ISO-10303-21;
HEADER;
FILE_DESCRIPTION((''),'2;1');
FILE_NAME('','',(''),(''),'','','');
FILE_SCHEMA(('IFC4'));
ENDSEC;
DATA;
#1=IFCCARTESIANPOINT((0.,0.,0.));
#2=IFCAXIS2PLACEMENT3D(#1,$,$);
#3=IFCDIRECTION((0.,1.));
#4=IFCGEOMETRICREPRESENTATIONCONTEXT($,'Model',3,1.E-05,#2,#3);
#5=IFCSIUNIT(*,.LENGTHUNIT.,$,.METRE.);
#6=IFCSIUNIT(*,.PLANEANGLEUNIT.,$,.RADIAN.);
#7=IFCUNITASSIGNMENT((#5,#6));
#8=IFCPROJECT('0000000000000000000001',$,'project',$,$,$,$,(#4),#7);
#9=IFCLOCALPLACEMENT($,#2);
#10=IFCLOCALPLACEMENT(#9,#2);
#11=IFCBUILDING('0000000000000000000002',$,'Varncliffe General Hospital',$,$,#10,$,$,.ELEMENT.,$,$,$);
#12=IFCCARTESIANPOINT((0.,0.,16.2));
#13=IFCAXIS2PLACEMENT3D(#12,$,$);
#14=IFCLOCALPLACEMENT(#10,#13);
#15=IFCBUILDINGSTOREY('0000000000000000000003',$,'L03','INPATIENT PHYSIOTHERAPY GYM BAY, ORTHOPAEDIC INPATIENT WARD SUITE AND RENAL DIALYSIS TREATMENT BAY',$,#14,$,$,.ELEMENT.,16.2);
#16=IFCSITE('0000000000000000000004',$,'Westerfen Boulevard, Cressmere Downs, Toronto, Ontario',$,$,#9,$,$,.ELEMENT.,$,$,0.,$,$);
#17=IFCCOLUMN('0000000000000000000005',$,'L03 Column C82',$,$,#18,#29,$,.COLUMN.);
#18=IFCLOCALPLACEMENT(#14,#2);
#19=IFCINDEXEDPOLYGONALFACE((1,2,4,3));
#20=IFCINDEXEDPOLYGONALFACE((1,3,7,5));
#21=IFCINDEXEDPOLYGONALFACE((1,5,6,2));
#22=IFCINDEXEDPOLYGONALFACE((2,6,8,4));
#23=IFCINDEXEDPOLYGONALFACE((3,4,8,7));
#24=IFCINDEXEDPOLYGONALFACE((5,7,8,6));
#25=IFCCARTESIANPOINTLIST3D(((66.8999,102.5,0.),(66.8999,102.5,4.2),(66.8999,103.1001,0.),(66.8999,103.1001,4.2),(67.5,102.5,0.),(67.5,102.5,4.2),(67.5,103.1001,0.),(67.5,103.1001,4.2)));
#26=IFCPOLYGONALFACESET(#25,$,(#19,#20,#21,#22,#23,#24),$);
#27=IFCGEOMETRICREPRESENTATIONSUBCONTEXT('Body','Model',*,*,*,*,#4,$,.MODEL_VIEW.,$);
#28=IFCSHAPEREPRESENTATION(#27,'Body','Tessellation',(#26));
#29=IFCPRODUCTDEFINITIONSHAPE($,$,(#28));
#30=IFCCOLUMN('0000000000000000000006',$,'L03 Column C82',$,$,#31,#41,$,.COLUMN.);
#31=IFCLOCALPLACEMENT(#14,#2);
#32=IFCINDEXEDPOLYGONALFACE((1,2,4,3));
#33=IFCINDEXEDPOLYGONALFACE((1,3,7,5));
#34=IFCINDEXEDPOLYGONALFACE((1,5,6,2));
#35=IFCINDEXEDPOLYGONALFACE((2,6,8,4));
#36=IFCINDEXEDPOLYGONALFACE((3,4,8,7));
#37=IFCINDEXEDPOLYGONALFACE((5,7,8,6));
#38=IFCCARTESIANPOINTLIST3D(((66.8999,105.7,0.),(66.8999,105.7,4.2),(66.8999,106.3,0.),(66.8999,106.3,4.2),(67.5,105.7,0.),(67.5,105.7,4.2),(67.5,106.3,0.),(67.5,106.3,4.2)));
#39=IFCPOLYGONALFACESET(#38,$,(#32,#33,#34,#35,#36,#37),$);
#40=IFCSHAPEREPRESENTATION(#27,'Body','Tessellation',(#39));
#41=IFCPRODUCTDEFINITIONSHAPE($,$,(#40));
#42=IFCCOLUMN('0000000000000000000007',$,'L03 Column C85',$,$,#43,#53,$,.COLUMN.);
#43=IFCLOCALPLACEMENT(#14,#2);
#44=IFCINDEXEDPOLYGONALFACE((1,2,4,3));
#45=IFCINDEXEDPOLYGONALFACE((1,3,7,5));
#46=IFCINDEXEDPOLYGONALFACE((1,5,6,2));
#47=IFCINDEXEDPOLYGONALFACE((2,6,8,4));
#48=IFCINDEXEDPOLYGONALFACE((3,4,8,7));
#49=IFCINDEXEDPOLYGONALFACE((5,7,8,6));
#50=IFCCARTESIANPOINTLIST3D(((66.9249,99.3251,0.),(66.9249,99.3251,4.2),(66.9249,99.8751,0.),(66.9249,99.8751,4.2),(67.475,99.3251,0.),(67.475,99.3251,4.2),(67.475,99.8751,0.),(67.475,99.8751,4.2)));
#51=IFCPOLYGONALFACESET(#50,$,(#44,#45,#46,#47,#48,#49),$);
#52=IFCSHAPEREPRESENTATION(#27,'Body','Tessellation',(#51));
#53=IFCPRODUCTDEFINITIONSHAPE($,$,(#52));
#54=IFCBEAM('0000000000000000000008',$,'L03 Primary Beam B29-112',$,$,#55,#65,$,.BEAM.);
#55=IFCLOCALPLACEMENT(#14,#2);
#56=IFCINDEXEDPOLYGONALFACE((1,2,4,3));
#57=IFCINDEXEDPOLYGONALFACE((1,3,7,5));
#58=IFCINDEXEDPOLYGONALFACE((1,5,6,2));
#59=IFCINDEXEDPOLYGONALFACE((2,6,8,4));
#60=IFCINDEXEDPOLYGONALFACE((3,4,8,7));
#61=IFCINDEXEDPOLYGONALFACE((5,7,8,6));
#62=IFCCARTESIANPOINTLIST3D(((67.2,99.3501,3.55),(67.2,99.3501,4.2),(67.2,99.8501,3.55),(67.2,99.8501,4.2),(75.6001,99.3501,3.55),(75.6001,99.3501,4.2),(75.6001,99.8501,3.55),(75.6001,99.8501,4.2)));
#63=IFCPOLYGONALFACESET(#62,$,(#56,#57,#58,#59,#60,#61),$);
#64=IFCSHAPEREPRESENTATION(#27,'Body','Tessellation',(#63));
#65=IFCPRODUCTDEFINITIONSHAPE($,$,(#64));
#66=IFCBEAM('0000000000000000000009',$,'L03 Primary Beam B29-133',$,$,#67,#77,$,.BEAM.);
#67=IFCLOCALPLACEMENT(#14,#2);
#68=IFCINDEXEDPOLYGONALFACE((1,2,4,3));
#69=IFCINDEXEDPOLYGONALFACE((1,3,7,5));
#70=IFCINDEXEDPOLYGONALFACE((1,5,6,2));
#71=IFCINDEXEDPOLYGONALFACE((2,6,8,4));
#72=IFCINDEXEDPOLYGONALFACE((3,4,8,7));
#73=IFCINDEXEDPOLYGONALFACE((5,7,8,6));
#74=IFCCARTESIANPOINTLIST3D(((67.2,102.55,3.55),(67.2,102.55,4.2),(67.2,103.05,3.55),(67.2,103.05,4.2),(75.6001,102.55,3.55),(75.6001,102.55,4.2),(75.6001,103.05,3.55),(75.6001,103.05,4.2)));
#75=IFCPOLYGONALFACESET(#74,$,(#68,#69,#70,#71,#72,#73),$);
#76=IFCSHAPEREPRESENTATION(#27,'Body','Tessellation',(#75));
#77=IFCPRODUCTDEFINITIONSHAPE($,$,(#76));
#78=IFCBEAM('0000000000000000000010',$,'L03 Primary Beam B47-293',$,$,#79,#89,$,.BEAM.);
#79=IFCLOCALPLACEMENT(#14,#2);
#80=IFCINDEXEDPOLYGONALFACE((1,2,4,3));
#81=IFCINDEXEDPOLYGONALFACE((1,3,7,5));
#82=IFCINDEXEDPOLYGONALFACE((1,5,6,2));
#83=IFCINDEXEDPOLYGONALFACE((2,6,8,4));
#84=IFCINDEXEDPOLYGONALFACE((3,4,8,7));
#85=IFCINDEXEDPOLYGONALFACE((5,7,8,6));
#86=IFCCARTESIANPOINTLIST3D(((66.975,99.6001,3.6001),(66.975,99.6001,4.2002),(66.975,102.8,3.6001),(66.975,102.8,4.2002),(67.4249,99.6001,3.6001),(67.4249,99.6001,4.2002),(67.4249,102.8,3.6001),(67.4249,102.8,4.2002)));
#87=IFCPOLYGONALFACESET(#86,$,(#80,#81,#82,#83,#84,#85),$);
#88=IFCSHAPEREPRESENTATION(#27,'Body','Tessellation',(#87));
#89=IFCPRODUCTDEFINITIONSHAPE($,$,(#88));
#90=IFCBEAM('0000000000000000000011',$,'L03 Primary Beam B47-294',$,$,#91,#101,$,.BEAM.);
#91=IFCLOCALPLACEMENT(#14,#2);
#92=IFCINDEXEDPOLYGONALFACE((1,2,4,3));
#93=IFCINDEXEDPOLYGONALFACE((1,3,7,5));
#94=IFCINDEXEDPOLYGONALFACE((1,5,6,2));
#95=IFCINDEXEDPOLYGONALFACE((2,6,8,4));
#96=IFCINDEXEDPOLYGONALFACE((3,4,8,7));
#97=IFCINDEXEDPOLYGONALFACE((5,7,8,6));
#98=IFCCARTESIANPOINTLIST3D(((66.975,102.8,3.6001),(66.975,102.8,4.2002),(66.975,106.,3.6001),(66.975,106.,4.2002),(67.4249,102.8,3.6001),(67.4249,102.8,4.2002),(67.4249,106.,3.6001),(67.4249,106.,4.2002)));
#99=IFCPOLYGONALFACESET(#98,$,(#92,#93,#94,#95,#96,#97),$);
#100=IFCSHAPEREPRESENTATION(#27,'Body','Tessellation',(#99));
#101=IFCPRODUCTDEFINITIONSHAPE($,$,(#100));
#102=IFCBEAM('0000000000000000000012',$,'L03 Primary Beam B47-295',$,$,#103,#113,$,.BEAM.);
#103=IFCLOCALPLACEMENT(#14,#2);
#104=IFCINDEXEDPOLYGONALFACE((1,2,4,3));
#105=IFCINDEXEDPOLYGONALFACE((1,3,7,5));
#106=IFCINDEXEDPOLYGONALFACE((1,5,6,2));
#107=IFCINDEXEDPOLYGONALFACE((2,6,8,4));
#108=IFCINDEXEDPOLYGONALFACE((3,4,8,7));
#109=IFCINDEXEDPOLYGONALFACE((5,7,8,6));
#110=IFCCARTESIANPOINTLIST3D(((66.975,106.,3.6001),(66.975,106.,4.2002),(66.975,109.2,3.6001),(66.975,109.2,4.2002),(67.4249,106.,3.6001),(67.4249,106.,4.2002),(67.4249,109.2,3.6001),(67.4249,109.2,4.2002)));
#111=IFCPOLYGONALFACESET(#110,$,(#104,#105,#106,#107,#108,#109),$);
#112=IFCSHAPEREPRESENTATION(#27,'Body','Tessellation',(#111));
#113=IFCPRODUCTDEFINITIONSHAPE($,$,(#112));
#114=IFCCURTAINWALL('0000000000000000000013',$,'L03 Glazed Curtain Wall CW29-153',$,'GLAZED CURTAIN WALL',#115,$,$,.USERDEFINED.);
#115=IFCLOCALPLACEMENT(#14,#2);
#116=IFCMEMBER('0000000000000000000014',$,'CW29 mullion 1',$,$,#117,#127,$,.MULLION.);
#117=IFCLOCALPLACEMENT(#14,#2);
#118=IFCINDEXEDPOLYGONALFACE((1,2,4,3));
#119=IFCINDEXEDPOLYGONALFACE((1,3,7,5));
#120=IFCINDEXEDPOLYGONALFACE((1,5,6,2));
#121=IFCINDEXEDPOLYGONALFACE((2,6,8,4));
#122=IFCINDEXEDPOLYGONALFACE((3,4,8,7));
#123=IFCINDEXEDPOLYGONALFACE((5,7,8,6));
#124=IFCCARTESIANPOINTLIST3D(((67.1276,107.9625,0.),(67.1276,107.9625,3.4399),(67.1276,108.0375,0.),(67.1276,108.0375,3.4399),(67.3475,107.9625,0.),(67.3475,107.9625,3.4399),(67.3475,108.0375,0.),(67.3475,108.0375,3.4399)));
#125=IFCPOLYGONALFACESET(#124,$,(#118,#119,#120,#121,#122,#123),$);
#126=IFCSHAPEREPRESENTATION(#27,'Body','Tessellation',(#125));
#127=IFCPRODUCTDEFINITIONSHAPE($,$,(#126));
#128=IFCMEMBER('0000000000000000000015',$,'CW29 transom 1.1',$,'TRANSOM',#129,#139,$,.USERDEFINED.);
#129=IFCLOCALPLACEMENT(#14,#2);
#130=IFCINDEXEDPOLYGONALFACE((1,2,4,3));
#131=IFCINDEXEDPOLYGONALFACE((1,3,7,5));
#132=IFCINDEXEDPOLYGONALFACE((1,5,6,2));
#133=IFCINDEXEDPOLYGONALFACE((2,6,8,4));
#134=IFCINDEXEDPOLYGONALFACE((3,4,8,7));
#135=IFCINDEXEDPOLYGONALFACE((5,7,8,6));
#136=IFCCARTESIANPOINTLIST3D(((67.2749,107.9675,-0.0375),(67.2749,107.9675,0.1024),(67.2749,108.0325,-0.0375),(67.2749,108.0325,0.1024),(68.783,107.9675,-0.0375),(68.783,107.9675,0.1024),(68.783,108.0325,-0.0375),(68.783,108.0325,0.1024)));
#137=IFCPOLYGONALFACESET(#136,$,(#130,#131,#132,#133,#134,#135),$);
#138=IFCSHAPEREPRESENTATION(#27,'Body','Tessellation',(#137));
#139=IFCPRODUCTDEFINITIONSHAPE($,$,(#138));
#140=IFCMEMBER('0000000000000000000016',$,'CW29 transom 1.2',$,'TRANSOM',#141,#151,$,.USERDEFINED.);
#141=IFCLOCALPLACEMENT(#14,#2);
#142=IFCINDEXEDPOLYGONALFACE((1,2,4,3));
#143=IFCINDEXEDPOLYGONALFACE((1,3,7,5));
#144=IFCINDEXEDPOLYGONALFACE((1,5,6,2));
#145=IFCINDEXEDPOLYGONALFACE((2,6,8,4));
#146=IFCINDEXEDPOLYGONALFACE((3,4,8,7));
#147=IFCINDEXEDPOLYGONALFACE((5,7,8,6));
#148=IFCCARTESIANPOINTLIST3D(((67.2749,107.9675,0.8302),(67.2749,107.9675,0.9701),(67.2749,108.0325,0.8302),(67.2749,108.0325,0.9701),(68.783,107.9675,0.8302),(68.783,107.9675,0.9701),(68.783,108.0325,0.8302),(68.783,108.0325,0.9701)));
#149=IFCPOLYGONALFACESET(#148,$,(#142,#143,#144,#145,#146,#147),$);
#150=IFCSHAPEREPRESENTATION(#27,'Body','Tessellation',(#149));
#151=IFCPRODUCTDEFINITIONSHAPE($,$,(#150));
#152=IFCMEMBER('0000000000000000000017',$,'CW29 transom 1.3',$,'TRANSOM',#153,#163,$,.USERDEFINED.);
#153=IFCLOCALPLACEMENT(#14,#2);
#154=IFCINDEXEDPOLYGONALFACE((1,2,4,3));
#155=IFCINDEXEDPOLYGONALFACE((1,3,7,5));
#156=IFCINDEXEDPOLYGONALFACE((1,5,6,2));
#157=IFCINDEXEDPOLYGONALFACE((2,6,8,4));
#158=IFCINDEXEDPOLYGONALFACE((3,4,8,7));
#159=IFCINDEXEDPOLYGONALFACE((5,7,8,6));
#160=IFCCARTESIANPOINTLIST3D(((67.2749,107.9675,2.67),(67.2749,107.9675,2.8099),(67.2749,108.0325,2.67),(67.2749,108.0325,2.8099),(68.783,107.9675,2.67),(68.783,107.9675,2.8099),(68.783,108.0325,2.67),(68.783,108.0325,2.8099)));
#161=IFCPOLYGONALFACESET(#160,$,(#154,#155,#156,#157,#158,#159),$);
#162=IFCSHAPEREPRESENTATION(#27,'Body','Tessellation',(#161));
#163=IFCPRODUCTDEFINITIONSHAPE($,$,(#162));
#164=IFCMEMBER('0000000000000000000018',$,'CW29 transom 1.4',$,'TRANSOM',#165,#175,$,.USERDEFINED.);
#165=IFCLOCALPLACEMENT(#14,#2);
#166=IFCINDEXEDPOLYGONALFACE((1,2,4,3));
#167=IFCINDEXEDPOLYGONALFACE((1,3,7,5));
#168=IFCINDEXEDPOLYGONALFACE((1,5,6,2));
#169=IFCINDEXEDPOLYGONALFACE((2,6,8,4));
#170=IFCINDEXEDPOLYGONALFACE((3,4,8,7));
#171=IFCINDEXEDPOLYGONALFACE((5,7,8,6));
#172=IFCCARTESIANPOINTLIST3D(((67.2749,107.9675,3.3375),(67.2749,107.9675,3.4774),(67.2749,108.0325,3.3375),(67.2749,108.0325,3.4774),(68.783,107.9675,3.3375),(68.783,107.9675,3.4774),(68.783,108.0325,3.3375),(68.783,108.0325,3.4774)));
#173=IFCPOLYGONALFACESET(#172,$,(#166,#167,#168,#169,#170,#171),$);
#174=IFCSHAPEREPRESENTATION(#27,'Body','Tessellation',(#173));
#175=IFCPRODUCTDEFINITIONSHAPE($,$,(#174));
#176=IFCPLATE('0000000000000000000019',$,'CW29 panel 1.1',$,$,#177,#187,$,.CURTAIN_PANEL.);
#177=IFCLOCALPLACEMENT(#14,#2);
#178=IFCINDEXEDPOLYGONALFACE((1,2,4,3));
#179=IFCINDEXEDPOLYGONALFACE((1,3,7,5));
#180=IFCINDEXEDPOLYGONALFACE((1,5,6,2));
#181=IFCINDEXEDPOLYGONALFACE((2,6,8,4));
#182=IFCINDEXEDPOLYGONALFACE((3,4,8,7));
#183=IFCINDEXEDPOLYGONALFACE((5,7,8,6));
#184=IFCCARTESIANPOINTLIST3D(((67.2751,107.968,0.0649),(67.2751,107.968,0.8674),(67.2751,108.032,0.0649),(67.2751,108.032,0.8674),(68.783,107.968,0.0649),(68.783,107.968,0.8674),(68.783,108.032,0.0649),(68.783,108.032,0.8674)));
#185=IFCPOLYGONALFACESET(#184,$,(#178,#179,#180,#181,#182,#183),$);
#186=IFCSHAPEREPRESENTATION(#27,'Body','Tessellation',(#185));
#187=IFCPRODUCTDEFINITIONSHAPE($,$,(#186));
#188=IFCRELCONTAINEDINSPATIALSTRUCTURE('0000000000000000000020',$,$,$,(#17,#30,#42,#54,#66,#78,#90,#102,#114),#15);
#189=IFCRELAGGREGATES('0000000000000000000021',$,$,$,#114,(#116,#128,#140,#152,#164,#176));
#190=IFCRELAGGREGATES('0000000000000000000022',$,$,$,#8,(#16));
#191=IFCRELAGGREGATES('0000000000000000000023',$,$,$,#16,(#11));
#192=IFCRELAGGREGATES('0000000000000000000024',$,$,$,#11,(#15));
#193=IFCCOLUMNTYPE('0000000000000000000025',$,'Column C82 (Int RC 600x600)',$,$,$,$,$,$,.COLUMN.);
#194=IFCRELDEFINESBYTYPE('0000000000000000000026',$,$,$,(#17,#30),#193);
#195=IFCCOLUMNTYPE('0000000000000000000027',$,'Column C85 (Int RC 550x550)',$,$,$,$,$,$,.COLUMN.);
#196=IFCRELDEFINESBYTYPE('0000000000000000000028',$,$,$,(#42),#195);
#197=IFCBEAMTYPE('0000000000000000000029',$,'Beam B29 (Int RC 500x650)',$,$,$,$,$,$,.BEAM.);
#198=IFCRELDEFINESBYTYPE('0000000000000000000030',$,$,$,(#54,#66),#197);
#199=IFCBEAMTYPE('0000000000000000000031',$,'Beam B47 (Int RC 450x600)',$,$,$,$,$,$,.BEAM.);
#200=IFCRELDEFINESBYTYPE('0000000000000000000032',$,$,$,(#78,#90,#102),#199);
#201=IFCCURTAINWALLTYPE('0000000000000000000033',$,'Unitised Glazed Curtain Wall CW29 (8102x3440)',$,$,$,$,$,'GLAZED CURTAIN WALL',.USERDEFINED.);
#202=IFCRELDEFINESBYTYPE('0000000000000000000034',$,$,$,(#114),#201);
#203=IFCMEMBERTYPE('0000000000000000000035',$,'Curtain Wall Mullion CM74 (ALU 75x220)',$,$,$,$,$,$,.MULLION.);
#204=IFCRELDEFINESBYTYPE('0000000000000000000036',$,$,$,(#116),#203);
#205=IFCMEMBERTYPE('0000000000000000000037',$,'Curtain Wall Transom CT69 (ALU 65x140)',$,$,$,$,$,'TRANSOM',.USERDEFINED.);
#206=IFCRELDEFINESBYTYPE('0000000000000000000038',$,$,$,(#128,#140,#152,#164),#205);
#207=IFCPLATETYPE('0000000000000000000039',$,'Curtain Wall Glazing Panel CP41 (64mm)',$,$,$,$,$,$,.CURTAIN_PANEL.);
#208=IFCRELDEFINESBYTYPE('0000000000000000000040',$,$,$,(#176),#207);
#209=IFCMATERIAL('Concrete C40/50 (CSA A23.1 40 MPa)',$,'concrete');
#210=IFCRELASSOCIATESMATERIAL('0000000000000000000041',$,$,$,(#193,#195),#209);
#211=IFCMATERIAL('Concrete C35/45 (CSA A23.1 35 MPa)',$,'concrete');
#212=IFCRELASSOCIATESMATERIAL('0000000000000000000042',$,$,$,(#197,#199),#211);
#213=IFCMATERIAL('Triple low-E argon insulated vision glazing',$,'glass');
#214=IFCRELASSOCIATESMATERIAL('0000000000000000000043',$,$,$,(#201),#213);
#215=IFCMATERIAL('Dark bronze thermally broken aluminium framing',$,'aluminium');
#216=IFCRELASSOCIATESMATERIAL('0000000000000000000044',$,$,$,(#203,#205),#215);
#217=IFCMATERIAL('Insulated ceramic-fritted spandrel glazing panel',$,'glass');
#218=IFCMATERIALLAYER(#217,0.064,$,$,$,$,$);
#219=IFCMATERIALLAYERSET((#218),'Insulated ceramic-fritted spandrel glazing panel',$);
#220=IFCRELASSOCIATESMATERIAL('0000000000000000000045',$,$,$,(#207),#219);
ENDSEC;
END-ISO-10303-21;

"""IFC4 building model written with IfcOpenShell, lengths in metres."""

from ifc_helpers import new_model, si_unit, direction, frame, origin, origin_2d, place, context, subcontext, project, spatial, rectangle, extrude, material, layer, layer_set, material_profile, profile_set, type_object, element, aggregate, save


model = new_model("IFC4")

# Units and contexts
model_context = context("Model", 3, precision=1e-05, world=origin(), true_north=direction((0.0, 1.0)))
body_context = subcontext(model_context, "Body", "Model", "MODEL_VIEW")
ifc_project = project(units=[si_unit("LENGTHUNIT", "METRE"), si_unit("PLANEANGLEUNIT", "RADIAN")], contexts=[model_context])

# Site, building, storey
site_placement = place(None, origin())
site = spatial("IfcSite", under=ifc_project, at=site_placement, Name="Westerfen Boulevard, Cressmere Downs, Toronto, Ontario", CompositionType="ELEMENT", RefElevation=0.0)
building_placement = place(site_placement, origin())
building = spatial("IfcBuilding", under=site, at=building_placement, Name="Varncliffe General Hospital", CompositionType="ELEMENT")
storey_placement = place(building_placement, frame((0.0, 0.0, 16.2)))
storey = spatial("IfcBuildingStorey", under=building, at=storey_placement, Name="L03", Description="INPATIENT PHYSIOTHERAPY GYM BAY, ORTHOPAEDIC INPATIENT WARD SUITE AND RENAL DIALYSIS TREATMENT BAY", CompositionType="ELEMENT", Elevation=16.2)

# Columns
ifc_material_1 = material(Name="Concrete C40/50 (CSA A23.1 40 MPa)", Category="concrete")
ifc_material_profile_1 = material_profile(ifc_material_1, rectangle(XDim=0.6001, YDim=0.6001, at=origin_2d()), Name="RC 600x600")
ifc_profile_set_1 = profile_set([ifc_material_profile_1], Name="Concrete C40/50 (CSA A23.1 40 MPa)")
column_type_1 = type_object("IfcColumnType", Name="Column C82 (Int RC 600x600)", PredefinedType="COLUMN", material=ifc_profile_set_1)
for number, where, z_axis, x_axis, name in (
    (1, (67.2, 102.8, 0.0), (0.0, 0.0, 1.0), (1.0, 0.0, 0.0), "L03 Column C82"),
    (2, (67.2, 106.0, 0.0), (0.0, 0.0, 1.0), (1.0, 0.0, 0.0), "L03 Column C82"),
):
    element("IfcColumn", number, at=place(storey_placement, frame(where, z_axis=z_axis, x_axis=x_axis)), inside=storey, type_object=column_type_1, Name=name, PredefinedType="COLUMN", context=body_context, shape_type="SweptSolid", body=[
        extrude(rectangle(XDim=0.6001, YDim=0.6001, at=origin_2d()), origin(), (0.0, 0.0, 1.0), 4.2),
    ])
ifc_material_profile_2 = material_profile(ifc_material_1, rectangle(XDim=0.55, YDim=0.55, at=origin_2d()), Name="RC 550x550")
ifc_profile_set_2 = profile_set([ifc_material_profile_2], Name="Concrete C40/50 (CSA A23.1 40 MPa)")
column_type_2 = type_object("IfcColumnType", Name="Column C85 (Int RC 550x550)", PredefinedType="COLUMN", material=ifc_profile_set_2)
column_placement = place(storey_placement, frame((67.2, 99.6001, 0.0), z_axis=(0.0, 0.0, 1.0), x_axis=(1.0, 0.0, 0.0)))
element("IfcColumn", 3, at=column_placement, inside=storey, type_object=column_type_2, Name="L03 Column C85", PredefinedType="COLUMN", context=body_context, shape_type="SweptSolid", body=[
    extrude(rectangle(XDim=0.55, YDim=0.55, at=origin_2d()), origin(), (0.0, 0.0, 1.0), 4.2),
])

# Beams
ifc_material_2 = material(Name="Concrete C35/45 (CSA A23.1 35 MPa)", Category="concrete")
ifc_material_profile_3 = material_profile(ifc_material_2, rectangle(XDim=0.5, YDim=0.6499, at=origin_2d()), Name="RC 500x650")
ifc_profile_set_3 = profile_set([ifc_material_profile_3], Name="Concrete C35/45 (CSA A23.1 35 MPa)")
beam_type_1 = type_object("IfcBeamType", Name="Beam B29 (Int RC 500x650)", PredefinedType="BEAM", material=ifc_profile_set_3)
for number, where, z_axis, x_axis, name in (
    (4, (67.2, 99.6001, 3.875), (1.0, 0.0, 0.0), (0.0, 1.0, 0.0), "L03 Primary Beam B29-112"),
    (5, (67.2, 102.8, 3.875), (1.0, 0.0, 0.0), (0.0, 1.0, 0.0), "L03 Primary Beam B29-133"),
):
    element("IfcBeam", number, at=place(storey_placement, frame(where, z_axis=z_axis, x_axis=x_axis)), inside=storey, type_object=beam_type_1, Name=name, PredefinedType="BEAM", context=body_context, shape_type="SweptSolid", body=[
        extrude(rectangle(XDim=0.5, YDim=0.6499, at=origin_2d()), origin(), (0.0, 0.0, 1.0), 8.4001),
    ])
ifc_material_profile_4 = material_profile(ifc_material_2, rectangle(XDim=0.45, YDim=0.6001, at=origin_2d()), Name="RC 450x600")
ifc_profile_set_4 = profile_set([ifc_material_profile_4], Name="Concrete C35/45 (CSA A23.1 35 MPa)")
beam_type_2 = type_object("IfcBeamType", Name="Beam B47 (Int RC 450x600)", PredefinedType="BEAM", material=ifc_profile_set_4)
for number, where, z_axis, x_axis, name in (
    (6, (67.2, 99.6001, 3.9001), (0.0, 1.0, 0.0), (-1.0, 0.0, 0.0), "L03 Primary Beam B47-293"),
    (7, (67.2, 102.8, 3.9001), (0.0, 1.0, 0.0), (-1.0, 0.0, 0.0), "L03 Primary Beam B47-294"),
    (8, (67.2, 106.0, 3.9001), (0.0, 1.0, 0.0), (-1.0, 0.0, 0.0), "L03 Primary Beam B47-295"),
):
    element("IfcBeam", number, at=place(storey_placement, frame(where, z_axis=z_axis, x_axis=x_axis)), inside=storey, type_object=beam_type_2, Name=name, PredefinedType="BEAM", context=body_context, shape_type="SweptSolid", body=[
        extrude(rectangle(XDim=0.45, YDim=0.6001, at=origin_2d()), origin(), (0.0, 0.0, 1.0), 3.2),
    ])

# Curtain wall, members, plate
ifc_material_3 = material(Name="Triple low-E argon insulated vision glazing", Category="glass")
curtain_wall_type = type_object("IfcCurtainWallType", Name="Unitised Glazed Curtain Wall CW29 (8102x3440)", ElementType="GLAZED CURTAIN WALL", PredefinedType="USERDEFINED", material=ifc_material_3)
curtain_wall_placement = place(storey_placement, origin())
curtain_wall = element("IfcCurtainWall", 9, at=curtain_wall_placement, inside=storey, type_object=curtain_wall_type, Name="L03 Glazed Curtain Wall CW29-153", ObjectType="GLAZED CURTAIN WALL", PredefinedType="USERDEFINED")
ifc_material_4 = material(Name="Dark bronze thermally broken aluminium framing", Category="aluminium")
ifc_material_profile_5 = material_profile(ifc_material_4, rectangle(XDim=0.075, YDim=0.22, at=origin_2d()), Name="ALU 75x220")
ifc_profile_set_5 = profile_set([ifc_material_profile_5], Name="Dark bronze thermally broken aluminium framing")
member_type_1 = type_object("IfcMemberType", Name="Curtain Wall Mullion CM74 (ALU 75x220)", PredefinedType="MULLION", material=ifc_profile_set_5)
member_1_placement = place(storey_placement, frame((67.2375, 108.0, 0.0), z_axis=(0.0, 0.0, 1.0), x_axis=(0.0, 1.0, 0.0)))
member_1 = element("IfcMember", 10, at=member_1_placement, type_object=member_type_1, Name="CW29 mullion 1", PredefinedType="MULLION", context=body_context, shape_type="SweptSolid", body=[
    extrude(rectangle(XDim=0.075, YDim=0.22, at=origin_2d()), origin(), (0.0, 0.0, 1.0), 3.4399),
])
ifc_material_profile_6 = material_profile(ifc_material_4, rectangle(XDim=0.0649, YDim=0.1399, at=origin_2d()), Name="ALU 65x140")
ifc_profile_set_6 = profile_set([ifc_material_profile_6], Name="Dark bronze thermally broken aluminium framing")
member_type_2 = type_object("IfcMemberType", Name="Curtain Wall Transom CT69 (ALU 65x140)", ElementType="TRANSOM", PredefinedType="USERDEFINED", material=ifc_profile_set_6)
member_2_placement = place(storey_placement, frame((67.2749, 108.0, 0.0325), z_axis=(1.0, 0.0, 0.0), x_axis=(0.0, 1.0, 0.0)))
member_2 = element("IfcMember", 11, at=member_2_placement, type_object=member_type_2, Name="CW29 transom 1.1", ObjectType="TRANSOM", PredefinedType="USERDEFINED", context=body_context, shape_type="SweptSolid", body=[
    extrude(rectangle(XDim=0.0649, YDim=0.1399, at=origin_2d()), origin(), (0.0, 0.0, 1.0), 1.5081),
])
member_3_placement = place(storey_placement, frame((67.2749, 108.0, 0.9001), z_axis=(1.0, 0.0, 0.0), x_axis=(0.0, 1.0, 0.0)))
member_3 = element("IfcMember", 12, at=member_3_placement, type_object=member_type_2, Name="CW29 transom 1.2", ObjectType="TRANSOM", PredefinedType="USERDEFINED", context=body_context, shape_type="SweptSolid", body=[
    extrude(rectangle(XDim=0.0649, YDim=0.1399, at=origin_2d()), origin(), (0.0, 0.0, 1.0), 1.5081),
])
member_4_placement = place(storey_placement, frame((67.2749, 108.0, 2.74), z_axis=(1.0, 0.0, 0.0), x_axis=(0.0, 1.0, 0.0)))
member_4 = element("IfcMember", 13, at=member_4_placement, type_object=member_type_2, Name="CW29 transom 1.3", ObjectType="TRANSOM", PredefinedType="USERDEFINED", context=body_context, shape_type="SweptSolid", body=[
    extrude(rectangle(XDim=0.0649, YDim=0.1399, at=origin_2d()), origin(), (0.0, 0.0, 1.0), 1.5081),
])
member_5_placement = place(storey_placement, frame((67.2749, 108.0, 3.4075), z_axis=(1.0, 0.0, 0.0), x_axis=(0.0, 1.0, 0.0)))
member_5 = element("IfcMember", 14, at=member_5_placement, type_object=member_type_2, Name="CW29 transom 1.4", ObjectType="TRANSOM", PredefinedType="USERDEFINED", context=body_context, shape_type="SweptSolid", body=[
    extrude(rectangle(XDim=0.0649, YDim=0.1399, at=origin_2d()), origin(), (0.0, 0.0, 1.0), 1.5081),
])
ifc_material_5 = material(Name="Insulated ceramic-fritted spandrel glazing panel", Category="glass")
ifc_layer_1 = layer(ifc_material_5, 0.064)
ifc_layer_set_1 = layer_set([ifc_layer_1], Name="Insulated ceramic-fritted spandrel glazing panel")
plate_type = type_object("IfcPlateType", Name="Curtain Wall Glazing Panel CP41 (64mm)", PredefinedType="CURTAIN_PANEL", material=ifc_layer_set_1)
plate_placement = place(storey_placement, frame((68.0291, 108.0, 0.0649), z_axis=(0.0, 0.0, 1.0), x_axis=(1.0, 0.0, 0.0)))
plate = element("IfcPlate", 15, at=plate_placement, type_object=plate_type, Name="CW29 panel 1.1", PredefinedType="CURTAIN_PANEL", context=body_context, shape_type="SweptSolid", body=[
    extrude(rectangle(XDim=1.5078, YDim=0.064, at=origin_2d()), origin(), (0.0, 0.0, 1.0), 0.8025),
])
aggregate(curtain_wall, [member_1, member_2, member_3, member_4, member_5, plate])

save(model, "model.ifc")
